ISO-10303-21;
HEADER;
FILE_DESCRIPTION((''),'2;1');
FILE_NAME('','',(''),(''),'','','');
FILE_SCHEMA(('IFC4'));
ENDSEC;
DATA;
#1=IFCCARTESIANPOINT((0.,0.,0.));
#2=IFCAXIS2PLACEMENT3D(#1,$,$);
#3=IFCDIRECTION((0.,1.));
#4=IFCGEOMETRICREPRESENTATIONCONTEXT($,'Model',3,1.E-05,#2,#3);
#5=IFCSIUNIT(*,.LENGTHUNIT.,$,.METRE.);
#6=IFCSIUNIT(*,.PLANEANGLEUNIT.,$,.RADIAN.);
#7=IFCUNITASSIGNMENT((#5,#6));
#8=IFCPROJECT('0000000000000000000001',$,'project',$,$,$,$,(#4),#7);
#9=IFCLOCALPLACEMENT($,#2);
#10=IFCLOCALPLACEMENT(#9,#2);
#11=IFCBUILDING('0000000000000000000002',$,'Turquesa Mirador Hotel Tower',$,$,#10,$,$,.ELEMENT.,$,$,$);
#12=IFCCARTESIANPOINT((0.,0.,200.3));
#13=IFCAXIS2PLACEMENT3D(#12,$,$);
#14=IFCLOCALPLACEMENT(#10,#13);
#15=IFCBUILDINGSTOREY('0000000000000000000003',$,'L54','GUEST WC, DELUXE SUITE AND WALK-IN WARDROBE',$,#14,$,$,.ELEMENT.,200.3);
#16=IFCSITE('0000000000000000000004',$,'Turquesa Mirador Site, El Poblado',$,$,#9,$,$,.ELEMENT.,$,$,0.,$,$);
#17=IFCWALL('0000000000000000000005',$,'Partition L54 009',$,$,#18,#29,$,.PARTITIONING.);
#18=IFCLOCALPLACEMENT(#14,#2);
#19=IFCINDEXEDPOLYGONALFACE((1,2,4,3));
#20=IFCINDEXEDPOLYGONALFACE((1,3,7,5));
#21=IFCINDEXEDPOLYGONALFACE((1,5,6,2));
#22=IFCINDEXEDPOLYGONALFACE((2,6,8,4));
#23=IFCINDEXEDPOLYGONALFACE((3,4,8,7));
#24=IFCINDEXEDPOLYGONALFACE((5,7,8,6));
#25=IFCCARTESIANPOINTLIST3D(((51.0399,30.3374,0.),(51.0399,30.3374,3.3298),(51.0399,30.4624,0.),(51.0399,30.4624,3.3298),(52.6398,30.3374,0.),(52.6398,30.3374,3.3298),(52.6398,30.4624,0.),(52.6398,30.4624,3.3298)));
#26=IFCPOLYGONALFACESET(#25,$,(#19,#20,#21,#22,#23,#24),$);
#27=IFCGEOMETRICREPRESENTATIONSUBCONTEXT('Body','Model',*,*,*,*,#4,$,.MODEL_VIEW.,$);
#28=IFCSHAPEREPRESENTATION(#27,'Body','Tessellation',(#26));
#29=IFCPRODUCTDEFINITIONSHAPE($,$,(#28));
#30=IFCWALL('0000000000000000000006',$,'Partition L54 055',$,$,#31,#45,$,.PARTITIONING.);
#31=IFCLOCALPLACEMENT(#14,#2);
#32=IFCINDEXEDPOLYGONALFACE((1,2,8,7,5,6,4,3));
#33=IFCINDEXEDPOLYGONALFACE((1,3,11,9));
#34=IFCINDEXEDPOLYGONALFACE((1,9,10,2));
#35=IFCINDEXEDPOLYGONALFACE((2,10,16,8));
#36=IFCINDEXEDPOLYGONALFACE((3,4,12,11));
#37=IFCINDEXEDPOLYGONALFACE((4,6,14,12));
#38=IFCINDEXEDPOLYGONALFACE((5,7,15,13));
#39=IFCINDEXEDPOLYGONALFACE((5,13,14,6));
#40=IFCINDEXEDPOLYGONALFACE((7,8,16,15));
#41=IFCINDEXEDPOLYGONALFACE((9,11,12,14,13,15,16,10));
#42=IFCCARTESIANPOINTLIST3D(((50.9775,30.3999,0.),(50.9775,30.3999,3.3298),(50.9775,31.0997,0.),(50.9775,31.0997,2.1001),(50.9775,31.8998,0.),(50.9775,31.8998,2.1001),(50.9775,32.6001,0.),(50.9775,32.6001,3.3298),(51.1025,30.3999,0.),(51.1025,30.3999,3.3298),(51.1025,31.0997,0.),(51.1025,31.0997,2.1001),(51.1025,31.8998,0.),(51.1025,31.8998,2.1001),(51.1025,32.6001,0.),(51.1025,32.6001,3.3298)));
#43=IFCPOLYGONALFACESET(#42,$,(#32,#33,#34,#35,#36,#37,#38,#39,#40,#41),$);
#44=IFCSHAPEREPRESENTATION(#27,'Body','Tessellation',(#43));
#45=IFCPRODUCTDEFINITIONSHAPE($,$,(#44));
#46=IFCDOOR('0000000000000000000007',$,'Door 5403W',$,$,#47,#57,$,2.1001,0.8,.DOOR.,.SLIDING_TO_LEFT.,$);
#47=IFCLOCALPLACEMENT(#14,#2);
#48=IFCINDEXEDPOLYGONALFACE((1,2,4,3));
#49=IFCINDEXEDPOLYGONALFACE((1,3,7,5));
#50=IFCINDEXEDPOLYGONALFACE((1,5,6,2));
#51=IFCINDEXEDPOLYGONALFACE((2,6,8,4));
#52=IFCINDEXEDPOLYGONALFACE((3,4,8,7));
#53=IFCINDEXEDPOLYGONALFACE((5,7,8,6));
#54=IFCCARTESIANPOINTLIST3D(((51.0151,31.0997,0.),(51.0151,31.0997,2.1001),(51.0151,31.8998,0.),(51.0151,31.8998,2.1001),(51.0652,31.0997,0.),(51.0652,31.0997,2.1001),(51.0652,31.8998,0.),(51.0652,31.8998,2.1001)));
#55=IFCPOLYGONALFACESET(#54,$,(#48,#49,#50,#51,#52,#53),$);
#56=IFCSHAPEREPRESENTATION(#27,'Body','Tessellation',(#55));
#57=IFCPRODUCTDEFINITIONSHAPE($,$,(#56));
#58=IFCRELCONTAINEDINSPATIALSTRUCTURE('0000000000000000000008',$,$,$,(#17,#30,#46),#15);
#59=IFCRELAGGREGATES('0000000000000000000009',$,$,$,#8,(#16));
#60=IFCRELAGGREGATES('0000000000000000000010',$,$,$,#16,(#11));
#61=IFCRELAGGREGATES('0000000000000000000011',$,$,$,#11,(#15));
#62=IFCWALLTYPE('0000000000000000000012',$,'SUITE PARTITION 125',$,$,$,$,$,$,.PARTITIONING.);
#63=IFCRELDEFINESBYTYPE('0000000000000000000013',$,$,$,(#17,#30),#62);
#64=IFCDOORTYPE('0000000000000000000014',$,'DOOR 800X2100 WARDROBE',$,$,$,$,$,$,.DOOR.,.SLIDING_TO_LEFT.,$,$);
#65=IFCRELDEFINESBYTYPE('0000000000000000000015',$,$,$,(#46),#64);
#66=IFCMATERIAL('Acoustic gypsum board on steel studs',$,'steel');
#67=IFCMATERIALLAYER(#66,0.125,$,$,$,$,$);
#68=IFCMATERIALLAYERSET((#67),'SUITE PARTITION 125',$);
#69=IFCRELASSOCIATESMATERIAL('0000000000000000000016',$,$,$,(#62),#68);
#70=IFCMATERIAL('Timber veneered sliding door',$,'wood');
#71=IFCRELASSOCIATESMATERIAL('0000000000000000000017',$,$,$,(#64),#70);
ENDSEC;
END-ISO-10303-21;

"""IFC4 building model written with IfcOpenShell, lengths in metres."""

from ifc_helpers import new_model, si_unit, direction, frame, frame_2d, origin, place, context, subcontext, project, spatial, rectangle, extrude, material, layer, layer_set, type_object, element, fill, save


model = new_model("IFC4")

# Units and contexts
model_context = context("Model", 3, precision=1e-05, world=origin(), true_north=direction((0.0, 1.0)))
body_context = subcontext(model_context, "Body", "Model", "MODEL_VIEW")
ifc_project = project(units=[si_unit("LENGTHUNIT", "METRE"), si_unit("PLANEANGLEUNIT", "RADIAN")], contexts=[model_context])

# Site, building, storey
site_placement = place(None, origin())
site = spatial("IfcSite", under=ifc_project, at=site_placement, Name="Turquesa Mirador Site, El Poblado", CompositionType="ELEMENT", RefElevation=0.0)
building_placement = place(site_placement, origin())
building = spatial("IfcBuilding", under=site, at=building_placement, Name="Turquesa Mirador Hotel Tower", CompositionType="ELEMENT")
storey_placement = place(building_placement, frame((0.0, 0.0, 200.3)))
storey = spatial("IfcBuildingStorey", under=building, at=storey_placement, Name="L54", Description="GUEST WC, DELUXE SUITE AND WALK-IN WARDROBE", CompositionType="ELEMENT", Elevation=200.3)

# Wall
ifc_material_1 = material(Name="Acoustic gypsum board on steel studs", Category="steel")
ifc_layer_1 = layer(ifc_material_1, 0.125)
ifc_layer_set_1 = layer_set([ifc_layer_1], Name="SUITE PARTITION 125")
wall_type_1 = type_object("IfcWallType", Name="SUITE PARTITION 125", PredefinedType="PARTITIONING", material=ifc_layer_set_1)
wall_1_placement = place(storey_placement, frame((51.04, 30.3999, 0.0), z_axis=(0.0, 0.0, 1.0), x_axis=(1.0, 0.0, 0.0)))
element("IfcWall", 1, at=wall_1_placement, inside=storey, type_object=wall_type_1, Name="Partition L54 009", PredefinedType="PARTITIONING", context=body_context, shape_type="SweptSolid", body=[
    extrude(rectangle(XDim=1.5999, YDim=0.125, at=frame_2d((0.7998, 0.0))), origin(), (0.0, 0.0, 1.0), 3.3298),
])

# Wall, opening, door
wall_2_placement = place(storey_placement, frame((51.04, 30.3999, 0.0), z_axis=(0.0, 0.0, 1.0), x_axis=(0.0, 1.0, 0.0)))
wall_2 = element("IfcWall", 2, at=wall_2_placement, inside=storey, type_object=wall_type_1, Name="Partition L54 055", PredefinedType="PARTITIONING", context=body_context, shape_type="SweptSolid", body=[
    extrude(rectangle(XDim=2.2002, YDim=0.125, at=frame_2d((1.1001, 0.0))), origin(), (0.0, 0.0, 1.0), 3.3298),
])
opening_1_placement = place(wall_2_placement, frame((0.7, 0.0, 0.0)))
opening_1 = element("IfcOpeningElement", 3, at=opening_1_placement, cuts=wall_2, PredefinedType="OPENING", context=body_context, shape_type="SweptSolid", body=[
    extrude(rectangle(XDim=0.8, YDim=2.1001, at=frame_2d((0.3999, 1.05))), frame((0.0, 0.0725, 0.0), z_axis=(0.0, -1.0, 0.0), x_axis=(1.0, 0.0, 0.0)), (0.0, 0.0, 1.0), 0.145),
])
ifc_material_2 = material(Name="Timber veneered sliding door", Category="wood")
door_type_1 = type_object("IfcDoorType", Name="DOOR 800X2100 WARDROBE", OperationType="SLIDING_TO_LEFT", PredefinedType="DOOR", material=ifc_material_2)
door_1_placement = place(opening_1_placement, origin())
door_1 = element("IfcDoor", 4, at=door_1_placement, inside=storey, type_object=door_type_1, Name="Door 5403W", OperationType="SLIDING_TO_LEFT", OverallHeight=2.1001, OverallWidth=0.8, PredefinedType="DOOR", context=body_context, shape_type="SweptSolid", body=[
    extrude(rectangle(XDim=0.8, YDim=2.1001, at=frame_2d((0.3999, 1.05))), frame((0.0, 0.0249, 0.0), z_axis=(0.0, -1.0, 0.0), x_axis=(1.0, 0.0, 0.0)), (0.0, 0.0, 1.0), 0.05),
])
fill(opening_1, door_1)

save(model, "model.ifc")
